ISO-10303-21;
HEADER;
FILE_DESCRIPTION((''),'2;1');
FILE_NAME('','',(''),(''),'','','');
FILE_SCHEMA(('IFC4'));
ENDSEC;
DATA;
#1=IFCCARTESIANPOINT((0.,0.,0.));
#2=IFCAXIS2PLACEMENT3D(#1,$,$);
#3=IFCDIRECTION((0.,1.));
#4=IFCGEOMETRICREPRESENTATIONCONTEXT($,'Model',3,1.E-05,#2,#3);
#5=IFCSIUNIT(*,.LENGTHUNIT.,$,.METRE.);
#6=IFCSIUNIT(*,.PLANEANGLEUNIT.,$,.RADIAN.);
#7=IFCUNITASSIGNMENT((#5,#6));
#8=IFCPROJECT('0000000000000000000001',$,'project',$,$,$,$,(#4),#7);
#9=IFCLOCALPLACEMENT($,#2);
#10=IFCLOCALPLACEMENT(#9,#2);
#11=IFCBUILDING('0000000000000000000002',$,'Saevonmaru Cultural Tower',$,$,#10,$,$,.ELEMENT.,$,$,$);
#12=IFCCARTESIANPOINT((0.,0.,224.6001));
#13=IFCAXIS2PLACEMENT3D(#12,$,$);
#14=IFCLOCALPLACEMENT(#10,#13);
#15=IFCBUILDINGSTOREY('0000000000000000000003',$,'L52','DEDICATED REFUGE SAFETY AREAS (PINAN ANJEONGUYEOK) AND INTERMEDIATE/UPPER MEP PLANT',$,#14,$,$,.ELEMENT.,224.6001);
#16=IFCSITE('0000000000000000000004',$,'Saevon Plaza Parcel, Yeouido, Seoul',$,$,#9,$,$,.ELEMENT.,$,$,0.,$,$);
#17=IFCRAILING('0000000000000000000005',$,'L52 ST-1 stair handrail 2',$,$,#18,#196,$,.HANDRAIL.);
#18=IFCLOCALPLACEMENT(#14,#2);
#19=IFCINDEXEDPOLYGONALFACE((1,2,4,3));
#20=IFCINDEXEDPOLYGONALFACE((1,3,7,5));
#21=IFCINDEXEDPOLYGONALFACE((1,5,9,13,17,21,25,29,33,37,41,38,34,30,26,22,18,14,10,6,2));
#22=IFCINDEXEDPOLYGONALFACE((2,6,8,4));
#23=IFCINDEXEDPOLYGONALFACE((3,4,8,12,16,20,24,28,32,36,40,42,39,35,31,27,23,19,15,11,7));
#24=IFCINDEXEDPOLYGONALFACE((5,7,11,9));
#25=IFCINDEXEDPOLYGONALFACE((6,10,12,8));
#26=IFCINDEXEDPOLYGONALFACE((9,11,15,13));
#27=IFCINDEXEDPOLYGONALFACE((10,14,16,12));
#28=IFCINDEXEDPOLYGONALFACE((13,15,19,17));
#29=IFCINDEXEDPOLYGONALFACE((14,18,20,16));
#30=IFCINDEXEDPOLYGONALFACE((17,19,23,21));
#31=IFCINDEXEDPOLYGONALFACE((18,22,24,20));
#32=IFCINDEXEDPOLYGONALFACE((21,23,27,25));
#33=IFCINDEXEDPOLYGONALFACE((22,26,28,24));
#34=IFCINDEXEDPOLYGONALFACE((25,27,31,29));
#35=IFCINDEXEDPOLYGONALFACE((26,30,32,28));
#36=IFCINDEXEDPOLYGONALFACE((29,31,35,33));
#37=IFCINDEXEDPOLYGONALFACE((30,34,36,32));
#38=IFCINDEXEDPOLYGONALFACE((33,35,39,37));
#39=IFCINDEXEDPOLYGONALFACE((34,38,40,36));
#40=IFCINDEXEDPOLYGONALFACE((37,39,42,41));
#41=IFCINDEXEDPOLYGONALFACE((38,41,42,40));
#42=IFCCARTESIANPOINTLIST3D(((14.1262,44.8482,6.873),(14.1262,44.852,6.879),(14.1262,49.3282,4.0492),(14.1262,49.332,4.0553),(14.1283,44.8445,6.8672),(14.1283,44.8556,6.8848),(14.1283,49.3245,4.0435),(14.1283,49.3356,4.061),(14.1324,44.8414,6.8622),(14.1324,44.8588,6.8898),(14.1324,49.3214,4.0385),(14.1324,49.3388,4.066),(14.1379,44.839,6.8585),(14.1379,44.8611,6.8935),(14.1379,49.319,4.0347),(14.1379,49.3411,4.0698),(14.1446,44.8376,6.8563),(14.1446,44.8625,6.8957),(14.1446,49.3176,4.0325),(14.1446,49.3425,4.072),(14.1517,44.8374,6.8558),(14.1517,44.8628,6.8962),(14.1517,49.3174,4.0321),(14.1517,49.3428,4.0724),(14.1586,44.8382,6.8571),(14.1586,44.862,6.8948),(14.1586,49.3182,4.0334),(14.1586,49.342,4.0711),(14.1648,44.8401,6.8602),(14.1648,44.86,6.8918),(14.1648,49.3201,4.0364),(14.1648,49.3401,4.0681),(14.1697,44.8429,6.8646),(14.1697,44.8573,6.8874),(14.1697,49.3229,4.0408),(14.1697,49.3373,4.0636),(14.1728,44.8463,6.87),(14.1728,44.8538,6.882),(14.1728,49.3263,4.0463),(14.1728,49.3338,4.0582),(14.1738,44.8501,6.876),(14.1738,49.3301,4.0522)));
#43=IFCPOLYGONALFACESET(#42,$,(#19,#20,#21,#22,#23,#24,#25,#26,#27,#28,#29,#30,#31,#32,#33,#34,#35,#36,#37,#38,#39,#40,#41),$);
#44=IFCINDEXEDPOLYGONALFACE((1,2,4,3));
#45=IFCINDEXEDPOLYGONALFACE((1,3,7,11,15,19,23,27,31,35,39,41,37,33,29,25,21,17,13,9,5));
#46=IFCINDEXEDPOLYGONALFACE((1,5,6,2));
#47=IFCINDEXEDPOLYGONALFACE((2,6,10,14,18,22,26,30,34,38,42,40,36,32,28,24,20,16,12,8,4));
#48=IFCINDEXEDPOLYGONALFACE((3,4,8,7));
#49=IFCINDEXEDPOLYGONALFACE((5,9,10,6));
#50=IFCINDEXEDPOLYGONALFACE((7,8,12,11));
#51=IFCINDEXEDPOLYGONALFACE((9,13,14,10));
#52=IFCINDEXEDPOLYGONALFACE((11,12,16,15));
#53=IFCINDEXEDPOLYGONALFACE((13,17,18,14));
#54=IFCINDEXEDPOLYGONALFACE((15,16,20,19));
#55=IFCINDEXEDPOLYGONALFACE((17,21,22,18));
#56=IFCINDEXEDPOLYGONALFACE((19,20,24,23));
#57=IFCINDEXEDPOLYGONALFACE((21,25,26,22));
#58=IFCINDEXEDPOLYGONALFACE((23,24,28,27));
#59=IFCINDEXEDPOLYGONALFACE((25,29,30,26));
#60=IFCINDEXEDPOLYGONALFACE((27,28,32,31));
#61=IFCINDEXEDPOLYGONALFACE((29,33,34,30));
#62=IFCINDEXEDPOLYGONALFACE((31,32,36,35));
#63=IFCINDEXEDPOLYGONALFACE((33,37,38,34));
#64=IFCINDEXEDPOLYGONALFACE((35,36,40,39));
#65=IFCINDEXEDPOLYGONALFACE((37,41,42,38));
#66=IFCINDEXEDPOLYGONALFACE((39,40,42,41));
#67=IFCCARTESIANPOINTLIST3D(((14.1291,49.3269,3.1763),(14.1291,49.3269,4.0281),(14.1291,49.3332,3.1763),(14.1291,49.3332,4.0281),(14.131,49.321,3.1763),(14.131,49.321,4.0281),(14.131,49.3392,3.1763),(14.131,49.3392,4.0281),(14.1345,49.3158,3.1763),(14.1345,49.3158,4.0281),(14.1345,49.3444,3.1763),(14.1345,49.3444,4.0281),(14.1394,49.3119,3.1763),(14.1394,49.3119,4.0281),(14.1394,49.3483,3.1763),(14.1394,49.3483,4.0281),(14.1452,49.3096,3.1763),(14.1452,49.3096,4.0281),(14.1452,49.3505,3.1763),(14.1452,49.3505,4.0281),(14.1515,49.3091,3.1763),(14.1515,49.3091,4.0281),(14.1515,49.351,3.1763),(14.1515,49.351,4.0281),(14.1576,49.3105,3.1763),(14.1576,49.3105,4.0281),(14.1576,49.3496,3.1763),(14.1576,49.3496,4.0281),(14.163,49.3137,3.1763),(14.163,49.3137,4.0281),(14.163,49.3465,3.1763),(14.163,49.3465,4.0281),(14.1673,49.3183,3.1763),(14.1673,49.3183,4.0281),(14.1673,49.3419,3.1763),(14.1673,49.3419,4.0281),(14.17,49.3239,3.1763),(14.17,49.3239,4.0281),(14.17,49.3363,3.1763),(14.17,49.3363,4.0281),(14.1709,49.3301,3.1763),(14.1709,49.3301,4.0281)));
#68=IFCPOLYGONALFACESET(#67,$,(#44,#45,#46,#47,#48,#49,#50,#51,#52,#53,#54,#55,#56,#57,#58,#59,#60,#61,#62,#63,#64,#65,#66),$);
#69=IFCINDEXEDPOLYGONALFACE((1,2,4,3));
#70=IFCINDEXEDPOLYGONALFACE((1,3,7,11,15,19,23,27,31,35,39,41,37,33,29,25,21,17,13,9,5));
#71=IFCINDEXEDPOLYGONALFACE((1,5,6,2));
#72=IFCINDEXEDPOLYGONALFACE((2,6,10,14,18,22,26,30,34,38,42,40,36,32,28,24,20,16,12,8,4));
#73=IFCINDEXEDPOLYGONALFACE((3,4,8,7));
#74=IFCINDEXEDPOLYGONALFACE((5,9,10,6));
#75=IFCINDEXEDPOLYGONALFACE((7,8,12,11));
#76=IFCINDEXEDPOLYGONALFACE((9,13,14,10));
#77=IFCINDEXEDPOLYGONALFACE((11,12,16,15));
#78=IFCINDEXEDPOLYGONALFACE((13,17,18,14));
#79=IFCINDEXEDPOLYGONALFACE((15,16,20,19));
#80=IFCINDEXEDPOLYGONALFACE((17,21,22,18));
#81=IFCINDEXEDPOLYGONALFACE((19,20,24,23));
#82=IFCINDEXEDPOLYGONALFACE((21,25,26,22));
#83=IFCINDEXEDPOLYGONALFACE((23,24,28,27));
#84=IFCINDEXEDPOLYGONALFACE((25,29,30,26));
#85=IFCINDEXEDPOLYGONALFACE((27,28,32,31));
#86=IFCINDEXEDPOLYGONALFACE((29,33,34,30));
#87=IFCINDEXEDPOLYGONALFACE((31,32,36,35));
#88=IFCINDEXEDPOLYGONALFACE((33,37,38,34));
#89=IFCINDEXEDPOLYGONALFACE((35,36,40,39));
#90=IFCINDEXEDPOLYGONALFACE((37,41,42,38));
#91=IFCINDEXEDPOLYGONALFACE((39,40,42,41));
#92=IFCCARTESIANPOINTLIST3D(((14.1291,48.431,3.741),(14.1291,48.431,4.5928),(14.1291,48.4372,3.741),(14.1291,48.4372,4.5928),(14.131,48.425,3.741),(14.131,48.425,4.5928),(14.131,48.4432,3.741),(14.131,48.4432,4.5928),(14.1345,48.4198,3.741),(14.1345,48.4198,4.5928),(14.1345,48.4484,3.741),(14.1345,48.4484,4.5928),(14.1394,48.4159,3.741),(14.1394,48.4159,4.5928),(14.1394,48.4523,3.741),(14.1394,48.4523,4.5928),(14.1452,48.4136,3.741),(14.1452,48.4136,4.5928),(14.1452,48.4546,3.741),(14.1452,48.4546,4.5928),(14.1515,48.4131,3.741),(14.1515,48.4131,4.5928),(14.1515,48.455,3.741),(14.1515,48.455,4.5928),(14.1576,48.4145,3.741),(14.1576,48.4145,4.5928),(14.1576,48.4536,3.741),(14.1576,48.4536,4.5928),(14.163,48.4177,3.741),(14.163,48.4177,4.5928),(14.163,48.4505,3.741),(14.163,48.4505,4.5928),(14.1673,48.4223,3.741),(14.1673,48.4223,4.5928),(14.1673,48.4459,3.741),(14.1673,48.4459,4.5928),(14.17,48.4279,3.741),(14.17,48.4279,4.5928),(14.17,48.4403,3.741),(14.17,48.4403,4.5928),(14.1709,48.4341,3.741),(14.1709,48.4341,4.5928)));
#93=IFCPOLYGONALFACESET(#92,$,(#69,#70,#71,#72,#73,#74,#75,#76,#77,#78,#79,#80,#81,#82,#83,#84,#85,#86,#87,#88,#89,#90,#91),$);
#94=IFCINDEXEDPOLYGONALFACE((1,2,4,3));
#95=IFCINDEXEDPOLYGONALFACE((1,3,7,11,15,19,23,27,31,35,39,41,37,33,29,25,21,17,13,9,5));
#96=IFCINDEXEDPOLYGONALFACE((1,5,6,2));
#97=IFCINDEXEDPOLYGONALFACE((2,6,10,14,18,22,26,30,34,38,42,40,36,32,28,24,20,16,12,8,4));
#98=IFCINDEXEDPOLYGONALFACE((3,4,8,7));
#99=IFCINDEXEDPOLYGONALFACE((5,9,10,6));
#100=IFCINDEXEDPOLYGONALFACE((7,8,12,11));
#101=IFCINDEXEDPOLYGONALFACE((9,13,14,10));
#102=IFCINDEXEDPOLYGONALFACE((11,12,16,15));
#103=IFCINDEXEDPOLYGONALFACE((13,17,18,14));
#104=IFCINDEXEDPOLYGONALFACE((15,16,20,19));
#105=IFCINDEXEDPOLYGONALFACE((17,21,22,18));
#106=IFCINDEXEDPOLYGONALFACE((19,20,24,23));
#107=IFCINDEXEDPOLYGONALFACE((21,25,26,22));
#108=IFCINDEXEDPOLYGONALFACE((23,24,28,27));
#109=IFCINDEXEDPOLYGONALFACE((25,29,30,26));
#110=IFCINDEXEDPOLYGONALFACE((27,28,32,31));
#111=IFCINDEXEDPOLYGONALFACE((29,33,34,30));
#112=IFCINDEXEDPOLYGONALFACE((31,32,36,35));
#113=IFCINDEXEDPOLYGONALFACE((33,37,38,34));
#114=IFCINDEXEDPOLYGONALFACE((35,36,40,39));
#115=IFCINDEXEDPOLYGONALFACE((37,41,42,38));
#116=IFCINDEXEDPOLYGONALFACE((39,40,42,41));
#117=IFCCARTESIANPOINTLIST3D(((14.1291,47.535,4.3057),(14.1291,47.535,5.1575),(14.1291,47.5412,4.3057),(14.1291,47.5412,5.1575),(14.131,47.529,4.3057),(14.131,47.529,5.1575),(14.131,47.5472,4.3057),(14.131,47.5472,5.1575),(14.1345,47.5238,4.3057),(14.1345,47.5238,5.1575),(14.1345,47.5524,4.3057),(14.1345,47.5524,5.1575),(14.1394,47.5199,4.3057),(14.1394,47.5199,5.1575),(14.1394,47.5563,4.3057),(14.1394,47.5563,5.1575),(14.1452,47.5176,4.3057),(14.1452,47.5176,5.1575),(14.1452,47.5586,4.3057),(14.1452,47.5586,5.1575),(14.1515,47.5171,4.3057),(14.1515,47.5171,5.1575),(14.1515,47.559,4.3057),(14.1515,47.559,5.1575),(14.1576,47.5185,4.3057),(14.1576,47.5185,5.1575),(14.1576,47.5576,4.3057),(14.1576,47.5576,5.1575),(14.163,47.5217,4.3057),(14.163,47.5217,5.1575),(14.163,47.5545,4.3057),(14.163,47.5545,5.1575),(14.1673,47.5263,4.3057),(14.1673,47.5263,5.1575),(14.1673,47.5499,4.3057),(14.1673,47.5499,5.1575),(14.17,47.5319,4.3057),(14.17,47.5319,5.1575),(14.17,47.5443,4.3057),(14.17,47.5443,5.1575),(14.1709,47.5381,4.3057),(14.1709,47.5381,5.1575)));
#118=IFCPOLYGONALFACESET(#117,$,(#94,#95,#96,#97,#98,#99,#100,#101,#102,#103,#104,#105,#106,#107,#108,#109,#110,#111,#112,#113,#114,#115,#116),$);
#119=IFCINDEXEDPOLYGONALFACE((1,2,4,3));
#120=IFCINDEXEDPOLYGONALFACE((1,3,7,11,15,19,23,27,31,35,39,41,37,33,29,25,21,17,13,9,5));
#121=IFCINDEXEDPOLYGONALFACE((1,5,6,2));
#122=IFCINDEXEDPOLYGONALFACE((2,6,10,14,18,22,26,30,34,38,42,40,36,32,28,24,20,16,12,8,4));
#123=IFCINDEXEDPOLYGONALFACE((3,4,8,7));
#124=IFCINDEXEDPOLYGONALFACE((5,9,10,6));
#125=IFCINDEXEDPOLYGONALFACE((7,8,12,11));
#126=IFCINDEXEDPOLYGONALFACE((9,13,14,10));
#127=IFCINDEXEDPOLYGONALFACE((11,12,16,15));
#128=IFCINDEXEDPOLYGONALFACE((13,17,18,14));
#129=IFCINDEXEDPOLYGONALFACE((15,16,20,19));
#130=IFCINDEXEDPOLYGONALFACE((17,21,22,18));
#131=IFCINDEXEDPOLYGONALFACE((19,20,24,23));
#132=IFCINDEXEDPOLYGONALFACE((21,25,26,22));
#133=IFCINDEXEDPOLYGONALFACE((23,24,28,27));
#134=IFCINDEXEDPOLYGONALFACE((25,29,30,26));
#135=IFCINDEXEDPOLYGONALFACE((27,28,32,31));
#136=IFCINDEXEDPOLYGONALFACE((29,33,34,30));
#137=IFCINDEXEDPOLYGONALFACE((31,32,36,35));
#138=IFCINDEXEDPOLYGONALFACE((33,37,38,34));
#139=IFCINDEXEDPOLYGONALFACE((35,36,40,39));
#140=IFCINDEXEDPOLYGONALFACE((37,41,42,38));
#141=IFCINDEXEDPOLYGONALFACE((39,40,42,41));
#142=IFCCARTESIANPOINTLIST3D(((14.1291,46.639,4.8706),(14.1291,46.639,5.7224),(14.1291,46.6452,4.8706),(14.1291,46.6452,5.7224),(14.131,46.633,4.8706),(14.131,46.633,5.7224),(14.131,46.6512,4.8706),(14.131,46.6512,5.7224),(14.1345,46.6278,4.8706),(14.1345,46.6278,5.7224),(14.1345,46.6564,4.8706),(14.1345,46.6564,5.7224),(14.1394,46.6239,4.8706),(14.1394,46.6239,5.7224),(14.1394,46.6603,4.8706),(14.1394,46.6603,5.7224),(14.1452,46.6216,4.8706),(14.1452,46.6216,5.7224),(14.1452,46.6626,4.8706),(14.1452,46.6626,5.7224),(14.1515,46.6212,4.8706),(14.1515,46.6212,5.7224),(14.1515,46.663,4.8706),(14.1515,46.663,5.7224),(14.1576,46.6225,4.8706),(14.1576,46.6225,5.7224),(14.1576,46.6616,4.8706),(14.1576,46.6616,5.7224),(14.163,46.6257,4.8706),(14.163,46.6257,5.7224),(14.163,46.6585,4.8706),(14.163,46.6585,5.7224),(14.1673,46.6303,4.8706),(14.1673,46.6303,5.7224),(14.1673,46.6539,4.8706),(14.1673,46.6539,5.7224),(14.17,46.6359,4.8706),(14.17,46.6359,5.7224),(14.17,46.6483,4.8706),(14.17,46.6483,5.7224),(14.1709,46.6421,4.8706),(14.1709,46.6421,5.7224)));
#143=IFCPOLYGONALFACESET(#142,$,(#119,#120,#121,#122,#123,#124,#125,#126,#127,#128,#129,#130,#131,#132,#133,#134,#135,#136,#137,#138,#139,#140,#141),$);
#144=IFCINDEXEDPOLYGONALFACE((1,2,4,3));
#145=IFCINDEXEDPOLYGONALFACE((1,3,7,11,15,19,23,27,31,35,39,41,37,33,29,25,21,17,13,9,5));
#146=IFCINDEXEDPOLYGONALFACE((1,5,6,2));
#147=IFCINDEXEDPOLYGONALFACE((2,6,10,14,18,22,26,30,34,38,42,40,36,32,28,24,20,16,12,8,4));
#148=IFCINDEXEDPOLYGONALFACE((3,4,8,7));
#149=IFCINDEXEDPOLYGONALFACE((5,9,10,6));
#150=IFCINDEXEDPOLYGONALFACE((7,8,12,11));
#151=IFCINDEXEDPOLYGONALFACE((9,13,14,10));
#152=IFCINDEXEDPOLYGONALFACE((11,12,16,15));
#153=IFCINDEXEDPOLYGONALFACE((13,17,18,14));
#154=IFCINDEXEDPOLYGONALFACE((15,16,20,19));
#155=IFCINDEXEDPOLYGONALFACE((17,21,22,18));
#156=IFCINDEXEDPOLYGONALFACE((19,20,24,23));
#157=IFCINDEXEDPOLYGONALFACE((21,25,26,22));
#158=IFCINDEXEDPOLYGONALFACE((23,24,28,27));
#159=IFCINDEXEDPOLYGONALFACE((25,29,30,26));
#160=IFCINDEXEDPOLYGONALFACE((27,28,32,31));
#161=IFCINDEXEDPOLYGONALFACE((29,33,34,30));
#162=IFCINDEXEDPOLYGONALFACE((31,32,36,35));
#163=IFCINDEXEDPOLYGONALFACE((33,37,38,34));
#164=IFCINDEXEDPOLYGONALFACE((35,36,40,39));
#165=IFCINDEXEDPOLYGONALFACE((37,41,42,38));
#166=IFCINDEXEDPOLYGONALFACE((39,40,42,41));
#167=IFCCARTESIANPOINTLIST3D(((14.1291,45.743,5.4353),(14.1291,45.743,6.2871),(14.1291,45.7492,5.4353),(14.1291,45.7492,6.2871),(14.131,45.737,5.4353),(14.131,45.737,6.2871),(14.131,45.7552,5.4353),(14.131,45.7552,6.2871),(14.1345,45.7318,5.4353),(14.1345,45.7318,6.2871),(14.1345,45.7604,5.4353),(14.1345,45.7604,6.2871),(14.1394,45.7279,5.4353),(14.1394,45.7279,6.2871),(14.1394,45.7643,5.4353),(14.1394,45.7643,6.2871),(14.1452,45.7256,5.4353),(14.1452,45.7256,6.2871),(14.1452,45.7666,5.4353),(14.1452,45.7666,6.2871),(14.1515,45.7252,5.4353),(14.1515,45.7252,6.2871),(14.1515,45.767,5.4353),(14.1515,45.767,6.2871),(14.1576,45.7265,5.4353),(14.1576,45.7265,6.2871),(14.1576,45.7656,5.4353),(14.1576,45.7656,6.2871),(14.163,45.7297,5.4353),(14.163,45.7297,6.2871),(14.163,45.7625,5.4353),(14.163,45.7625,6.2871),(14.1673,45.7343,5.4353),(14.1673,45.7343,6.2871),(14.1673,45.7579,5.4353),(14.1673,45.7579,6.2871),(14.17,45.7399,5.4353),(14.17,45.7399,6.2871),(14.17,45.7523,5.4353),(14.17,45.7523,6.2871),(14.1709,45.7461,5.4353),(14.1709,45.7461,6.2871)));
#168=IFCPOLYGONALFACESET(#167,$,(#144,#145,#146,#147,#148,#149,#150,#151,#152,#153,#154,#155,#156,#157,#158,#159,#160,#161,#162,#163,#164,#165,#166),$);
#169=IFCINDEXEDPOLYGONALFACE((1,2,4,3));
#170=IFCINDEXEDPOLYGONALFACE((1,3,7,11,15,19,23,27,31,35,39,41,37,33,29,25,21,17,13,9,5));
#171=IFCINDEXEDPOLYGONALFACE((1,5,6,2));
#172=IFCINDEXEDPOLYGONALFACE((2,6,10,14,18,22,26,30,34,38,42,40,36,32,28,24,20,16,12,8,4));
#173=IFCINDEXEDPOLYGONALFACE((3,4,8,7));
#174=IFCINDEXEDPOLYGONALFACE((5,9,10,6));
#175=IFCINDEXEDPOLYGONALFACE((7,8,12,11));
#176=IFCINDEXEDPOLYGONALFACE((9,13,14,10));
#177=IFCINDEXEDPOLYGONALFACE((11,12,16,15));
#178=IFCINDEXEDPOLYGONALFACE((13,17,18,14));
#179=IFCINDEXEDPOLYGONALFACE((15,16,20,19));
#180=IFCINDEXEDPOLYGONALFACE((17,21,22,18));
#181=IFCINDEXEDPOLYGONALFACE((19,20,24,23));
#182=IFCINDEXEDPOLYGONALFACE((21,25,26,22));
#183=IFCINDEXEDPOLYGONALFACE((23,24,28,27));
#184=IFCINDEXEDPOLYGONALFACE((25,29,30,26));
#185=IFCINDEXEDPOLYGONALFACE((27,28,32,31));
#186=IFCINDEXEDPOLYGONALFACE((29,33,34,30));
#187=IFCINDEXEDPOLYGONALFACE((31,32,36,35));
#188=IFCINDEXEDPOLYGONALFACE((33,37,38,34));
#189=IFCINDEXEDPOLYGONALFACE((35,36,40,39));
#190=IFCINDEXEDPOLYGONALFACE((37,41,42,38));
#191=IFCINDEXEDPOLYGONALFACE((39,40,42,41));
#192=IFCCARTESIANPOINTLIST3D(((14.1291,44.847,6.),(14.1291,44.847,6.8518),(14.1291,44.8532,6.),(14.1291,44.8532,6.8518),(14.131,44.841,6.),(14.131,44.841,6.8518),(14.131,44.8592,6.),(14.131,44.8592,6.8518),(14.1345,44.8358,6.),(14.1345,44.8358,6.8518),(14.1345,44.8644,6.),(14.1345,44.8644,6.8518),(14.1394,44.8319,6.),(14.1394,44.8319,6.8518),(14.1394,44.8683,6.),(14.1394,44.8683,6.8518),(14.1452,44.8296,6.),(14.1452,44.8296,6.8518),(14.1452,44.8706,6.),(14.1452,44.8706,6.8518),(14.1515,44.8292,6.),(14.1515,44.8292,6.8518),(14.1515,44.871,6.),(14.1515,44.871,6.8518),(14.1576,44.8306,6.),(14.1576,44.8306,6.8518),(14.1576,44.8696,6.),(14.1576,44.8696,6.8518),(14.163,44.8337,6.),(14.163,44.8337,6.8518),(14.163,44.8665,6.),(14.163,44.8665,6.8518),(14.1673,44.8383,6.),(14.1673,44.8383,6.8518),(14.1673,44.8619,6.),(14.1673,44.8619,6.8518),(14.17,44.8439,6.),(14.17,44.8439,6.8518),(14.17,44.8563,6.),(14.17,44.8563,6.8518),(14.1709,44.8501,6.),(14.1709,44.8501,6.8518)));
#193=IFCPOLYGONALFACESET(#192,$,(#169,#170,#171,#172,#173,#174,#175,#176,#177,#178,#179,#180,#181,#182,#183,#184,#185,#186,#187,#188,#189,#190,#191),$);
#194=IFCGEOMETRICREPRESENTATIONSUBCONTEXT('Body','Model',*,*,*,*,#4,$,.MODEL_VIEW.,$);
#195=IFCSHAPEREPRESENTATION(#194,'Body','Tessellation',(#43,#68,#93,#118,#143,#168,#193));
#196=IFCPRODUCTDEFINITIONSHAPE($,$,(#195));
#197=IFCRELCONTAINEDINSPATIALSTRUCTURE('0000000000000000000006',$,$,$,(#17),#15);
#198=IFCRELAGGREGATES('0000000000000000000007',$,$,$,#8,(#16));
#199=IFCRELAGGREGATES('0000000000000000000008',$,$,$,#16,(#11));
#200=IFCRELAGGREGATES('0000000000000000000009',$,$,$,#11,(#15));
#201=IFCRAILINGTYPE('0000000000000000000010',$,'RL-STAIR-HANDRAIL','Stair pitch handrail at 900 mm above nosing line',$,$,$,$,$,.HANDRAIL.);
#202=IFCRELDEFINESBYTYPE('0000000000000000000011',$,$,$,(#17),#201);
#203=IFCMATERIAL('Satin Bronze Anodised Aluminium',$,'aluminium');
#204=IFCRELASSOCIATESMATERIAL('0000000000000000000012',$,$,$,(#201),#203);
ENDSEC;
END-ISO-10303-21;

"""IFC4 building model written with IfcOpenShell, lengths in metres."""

from ifc_helpers import new_model, si_unit, direction, frame, origin, origin_2d, place, context, subcontext, project, spatial, circle, extrude, material, type_object, element, save


model = new_model("IFC4")

# Units and contexts
model_context = context("Model", 3, precision=1e-05, world=origin(), true_north=direction((0.0, 1.0)))
body_context = subcontext(model_context, "Body", "Model", "MODEL_VIEW")
ifc_project = project(units=[si_unit("LENGTHUNIT", "METRE"), si_unit("PLANEANGLEUNIT", "RADIAN")], contexts=[model_context])

# Site, building, storey
site_placement = place(None, origin())
site = spatial("IfcSite", under=ifc_project, at=site_placement, Name="Saevon Plaza Parcel, Yeouido, Seoul", CompositionType="ELEMENT", RefElevation=0.0)
building_placement = place(site_placement, origin())
building = spatial("IfcBuilding", under=site, at=building_placement, Name="Saevonmaru Cultural Tower", CompositionType="ELEMENT")
storey_placement = place(building_placement, frame((0.0, 0.0, 224.6001)))
storey = spatial("IfcBuildingStorey", under=building, at=storey_placement, Name="L52", Description="DEDICATED REFUGE SAFETY AREAS (PINAN ANJEONGUYEOK) AND INTERMEDIATE/UPPER MEP PLANT", CompositionType="ELEMENT", Elevation=224.6001)

# Shared definitions
ifc_material_1 = material(Name="Satin Bronze Anodised Aluminium", Category="aluminium")

# Railing
railing_type_1 = type_object("IfcRailingType", Name="RL-STAIR-HANDRAIL", Description="Stair pitch handrail at 900 mm above nosing line", PredefinedType="HANDRAIL", material=ifc_material_1)
railing_1_placement = place(storey_placement, frame((14.1499, 49.3301, 3.1763)))
element("IfcRailing", 1, at=railing_1_placement, inside=storey, type_object=railing_type_1, Name="L52 ST-1 stair handrail 2", PredefinedType="HANDRAIL", context=body_context, shape_type="SweptSolid", body=[
    extrude(circle(Radius=0.0239, at=origin_2d()), frame((0.0, 0.0, 0.876), z_axis=(0.0, -0.845977, 0.533219), x_axis=(1.0, 0.0, 0.0)), (0.0, 0.0, 1.0), 5.2957),
    extrude(circle(Radius=0.021, at=origin_2d()), origin(), (0.0, 0.0, 1.0), 0.8518),
    extrude(circle(Radius=0.021, at=origin_2d()), frame((0.0, -0.896, 0.5647)), (0.0, 0.0, 1.0), 0.8518),
    extrude(circle(Radius=0.021, at=origin_2d()), frame((0.0, -1.792, 1.1294)), (0.0, 0.0, 1.0), 0.8518),
    extrude(circle(Radius=0.021, at=origin_2d()), frame((0.0, -2.688, 1.6943)), (0.0, 0.0, 1.0), 0.8518),
    extrude(circle(Radius=0.021, at=origin_2d()), frame((0.0, -3.584, 2.259)), (0.0, 0.0, 1.0), 0.8518),
    extrude(circle(Radius=0.021, at=origin_2d()), frame((0.0, -4.48, 2.8237)), (0.0, 0.0, 1.0), 0.8518),
])

save(model, "model.ifc")
